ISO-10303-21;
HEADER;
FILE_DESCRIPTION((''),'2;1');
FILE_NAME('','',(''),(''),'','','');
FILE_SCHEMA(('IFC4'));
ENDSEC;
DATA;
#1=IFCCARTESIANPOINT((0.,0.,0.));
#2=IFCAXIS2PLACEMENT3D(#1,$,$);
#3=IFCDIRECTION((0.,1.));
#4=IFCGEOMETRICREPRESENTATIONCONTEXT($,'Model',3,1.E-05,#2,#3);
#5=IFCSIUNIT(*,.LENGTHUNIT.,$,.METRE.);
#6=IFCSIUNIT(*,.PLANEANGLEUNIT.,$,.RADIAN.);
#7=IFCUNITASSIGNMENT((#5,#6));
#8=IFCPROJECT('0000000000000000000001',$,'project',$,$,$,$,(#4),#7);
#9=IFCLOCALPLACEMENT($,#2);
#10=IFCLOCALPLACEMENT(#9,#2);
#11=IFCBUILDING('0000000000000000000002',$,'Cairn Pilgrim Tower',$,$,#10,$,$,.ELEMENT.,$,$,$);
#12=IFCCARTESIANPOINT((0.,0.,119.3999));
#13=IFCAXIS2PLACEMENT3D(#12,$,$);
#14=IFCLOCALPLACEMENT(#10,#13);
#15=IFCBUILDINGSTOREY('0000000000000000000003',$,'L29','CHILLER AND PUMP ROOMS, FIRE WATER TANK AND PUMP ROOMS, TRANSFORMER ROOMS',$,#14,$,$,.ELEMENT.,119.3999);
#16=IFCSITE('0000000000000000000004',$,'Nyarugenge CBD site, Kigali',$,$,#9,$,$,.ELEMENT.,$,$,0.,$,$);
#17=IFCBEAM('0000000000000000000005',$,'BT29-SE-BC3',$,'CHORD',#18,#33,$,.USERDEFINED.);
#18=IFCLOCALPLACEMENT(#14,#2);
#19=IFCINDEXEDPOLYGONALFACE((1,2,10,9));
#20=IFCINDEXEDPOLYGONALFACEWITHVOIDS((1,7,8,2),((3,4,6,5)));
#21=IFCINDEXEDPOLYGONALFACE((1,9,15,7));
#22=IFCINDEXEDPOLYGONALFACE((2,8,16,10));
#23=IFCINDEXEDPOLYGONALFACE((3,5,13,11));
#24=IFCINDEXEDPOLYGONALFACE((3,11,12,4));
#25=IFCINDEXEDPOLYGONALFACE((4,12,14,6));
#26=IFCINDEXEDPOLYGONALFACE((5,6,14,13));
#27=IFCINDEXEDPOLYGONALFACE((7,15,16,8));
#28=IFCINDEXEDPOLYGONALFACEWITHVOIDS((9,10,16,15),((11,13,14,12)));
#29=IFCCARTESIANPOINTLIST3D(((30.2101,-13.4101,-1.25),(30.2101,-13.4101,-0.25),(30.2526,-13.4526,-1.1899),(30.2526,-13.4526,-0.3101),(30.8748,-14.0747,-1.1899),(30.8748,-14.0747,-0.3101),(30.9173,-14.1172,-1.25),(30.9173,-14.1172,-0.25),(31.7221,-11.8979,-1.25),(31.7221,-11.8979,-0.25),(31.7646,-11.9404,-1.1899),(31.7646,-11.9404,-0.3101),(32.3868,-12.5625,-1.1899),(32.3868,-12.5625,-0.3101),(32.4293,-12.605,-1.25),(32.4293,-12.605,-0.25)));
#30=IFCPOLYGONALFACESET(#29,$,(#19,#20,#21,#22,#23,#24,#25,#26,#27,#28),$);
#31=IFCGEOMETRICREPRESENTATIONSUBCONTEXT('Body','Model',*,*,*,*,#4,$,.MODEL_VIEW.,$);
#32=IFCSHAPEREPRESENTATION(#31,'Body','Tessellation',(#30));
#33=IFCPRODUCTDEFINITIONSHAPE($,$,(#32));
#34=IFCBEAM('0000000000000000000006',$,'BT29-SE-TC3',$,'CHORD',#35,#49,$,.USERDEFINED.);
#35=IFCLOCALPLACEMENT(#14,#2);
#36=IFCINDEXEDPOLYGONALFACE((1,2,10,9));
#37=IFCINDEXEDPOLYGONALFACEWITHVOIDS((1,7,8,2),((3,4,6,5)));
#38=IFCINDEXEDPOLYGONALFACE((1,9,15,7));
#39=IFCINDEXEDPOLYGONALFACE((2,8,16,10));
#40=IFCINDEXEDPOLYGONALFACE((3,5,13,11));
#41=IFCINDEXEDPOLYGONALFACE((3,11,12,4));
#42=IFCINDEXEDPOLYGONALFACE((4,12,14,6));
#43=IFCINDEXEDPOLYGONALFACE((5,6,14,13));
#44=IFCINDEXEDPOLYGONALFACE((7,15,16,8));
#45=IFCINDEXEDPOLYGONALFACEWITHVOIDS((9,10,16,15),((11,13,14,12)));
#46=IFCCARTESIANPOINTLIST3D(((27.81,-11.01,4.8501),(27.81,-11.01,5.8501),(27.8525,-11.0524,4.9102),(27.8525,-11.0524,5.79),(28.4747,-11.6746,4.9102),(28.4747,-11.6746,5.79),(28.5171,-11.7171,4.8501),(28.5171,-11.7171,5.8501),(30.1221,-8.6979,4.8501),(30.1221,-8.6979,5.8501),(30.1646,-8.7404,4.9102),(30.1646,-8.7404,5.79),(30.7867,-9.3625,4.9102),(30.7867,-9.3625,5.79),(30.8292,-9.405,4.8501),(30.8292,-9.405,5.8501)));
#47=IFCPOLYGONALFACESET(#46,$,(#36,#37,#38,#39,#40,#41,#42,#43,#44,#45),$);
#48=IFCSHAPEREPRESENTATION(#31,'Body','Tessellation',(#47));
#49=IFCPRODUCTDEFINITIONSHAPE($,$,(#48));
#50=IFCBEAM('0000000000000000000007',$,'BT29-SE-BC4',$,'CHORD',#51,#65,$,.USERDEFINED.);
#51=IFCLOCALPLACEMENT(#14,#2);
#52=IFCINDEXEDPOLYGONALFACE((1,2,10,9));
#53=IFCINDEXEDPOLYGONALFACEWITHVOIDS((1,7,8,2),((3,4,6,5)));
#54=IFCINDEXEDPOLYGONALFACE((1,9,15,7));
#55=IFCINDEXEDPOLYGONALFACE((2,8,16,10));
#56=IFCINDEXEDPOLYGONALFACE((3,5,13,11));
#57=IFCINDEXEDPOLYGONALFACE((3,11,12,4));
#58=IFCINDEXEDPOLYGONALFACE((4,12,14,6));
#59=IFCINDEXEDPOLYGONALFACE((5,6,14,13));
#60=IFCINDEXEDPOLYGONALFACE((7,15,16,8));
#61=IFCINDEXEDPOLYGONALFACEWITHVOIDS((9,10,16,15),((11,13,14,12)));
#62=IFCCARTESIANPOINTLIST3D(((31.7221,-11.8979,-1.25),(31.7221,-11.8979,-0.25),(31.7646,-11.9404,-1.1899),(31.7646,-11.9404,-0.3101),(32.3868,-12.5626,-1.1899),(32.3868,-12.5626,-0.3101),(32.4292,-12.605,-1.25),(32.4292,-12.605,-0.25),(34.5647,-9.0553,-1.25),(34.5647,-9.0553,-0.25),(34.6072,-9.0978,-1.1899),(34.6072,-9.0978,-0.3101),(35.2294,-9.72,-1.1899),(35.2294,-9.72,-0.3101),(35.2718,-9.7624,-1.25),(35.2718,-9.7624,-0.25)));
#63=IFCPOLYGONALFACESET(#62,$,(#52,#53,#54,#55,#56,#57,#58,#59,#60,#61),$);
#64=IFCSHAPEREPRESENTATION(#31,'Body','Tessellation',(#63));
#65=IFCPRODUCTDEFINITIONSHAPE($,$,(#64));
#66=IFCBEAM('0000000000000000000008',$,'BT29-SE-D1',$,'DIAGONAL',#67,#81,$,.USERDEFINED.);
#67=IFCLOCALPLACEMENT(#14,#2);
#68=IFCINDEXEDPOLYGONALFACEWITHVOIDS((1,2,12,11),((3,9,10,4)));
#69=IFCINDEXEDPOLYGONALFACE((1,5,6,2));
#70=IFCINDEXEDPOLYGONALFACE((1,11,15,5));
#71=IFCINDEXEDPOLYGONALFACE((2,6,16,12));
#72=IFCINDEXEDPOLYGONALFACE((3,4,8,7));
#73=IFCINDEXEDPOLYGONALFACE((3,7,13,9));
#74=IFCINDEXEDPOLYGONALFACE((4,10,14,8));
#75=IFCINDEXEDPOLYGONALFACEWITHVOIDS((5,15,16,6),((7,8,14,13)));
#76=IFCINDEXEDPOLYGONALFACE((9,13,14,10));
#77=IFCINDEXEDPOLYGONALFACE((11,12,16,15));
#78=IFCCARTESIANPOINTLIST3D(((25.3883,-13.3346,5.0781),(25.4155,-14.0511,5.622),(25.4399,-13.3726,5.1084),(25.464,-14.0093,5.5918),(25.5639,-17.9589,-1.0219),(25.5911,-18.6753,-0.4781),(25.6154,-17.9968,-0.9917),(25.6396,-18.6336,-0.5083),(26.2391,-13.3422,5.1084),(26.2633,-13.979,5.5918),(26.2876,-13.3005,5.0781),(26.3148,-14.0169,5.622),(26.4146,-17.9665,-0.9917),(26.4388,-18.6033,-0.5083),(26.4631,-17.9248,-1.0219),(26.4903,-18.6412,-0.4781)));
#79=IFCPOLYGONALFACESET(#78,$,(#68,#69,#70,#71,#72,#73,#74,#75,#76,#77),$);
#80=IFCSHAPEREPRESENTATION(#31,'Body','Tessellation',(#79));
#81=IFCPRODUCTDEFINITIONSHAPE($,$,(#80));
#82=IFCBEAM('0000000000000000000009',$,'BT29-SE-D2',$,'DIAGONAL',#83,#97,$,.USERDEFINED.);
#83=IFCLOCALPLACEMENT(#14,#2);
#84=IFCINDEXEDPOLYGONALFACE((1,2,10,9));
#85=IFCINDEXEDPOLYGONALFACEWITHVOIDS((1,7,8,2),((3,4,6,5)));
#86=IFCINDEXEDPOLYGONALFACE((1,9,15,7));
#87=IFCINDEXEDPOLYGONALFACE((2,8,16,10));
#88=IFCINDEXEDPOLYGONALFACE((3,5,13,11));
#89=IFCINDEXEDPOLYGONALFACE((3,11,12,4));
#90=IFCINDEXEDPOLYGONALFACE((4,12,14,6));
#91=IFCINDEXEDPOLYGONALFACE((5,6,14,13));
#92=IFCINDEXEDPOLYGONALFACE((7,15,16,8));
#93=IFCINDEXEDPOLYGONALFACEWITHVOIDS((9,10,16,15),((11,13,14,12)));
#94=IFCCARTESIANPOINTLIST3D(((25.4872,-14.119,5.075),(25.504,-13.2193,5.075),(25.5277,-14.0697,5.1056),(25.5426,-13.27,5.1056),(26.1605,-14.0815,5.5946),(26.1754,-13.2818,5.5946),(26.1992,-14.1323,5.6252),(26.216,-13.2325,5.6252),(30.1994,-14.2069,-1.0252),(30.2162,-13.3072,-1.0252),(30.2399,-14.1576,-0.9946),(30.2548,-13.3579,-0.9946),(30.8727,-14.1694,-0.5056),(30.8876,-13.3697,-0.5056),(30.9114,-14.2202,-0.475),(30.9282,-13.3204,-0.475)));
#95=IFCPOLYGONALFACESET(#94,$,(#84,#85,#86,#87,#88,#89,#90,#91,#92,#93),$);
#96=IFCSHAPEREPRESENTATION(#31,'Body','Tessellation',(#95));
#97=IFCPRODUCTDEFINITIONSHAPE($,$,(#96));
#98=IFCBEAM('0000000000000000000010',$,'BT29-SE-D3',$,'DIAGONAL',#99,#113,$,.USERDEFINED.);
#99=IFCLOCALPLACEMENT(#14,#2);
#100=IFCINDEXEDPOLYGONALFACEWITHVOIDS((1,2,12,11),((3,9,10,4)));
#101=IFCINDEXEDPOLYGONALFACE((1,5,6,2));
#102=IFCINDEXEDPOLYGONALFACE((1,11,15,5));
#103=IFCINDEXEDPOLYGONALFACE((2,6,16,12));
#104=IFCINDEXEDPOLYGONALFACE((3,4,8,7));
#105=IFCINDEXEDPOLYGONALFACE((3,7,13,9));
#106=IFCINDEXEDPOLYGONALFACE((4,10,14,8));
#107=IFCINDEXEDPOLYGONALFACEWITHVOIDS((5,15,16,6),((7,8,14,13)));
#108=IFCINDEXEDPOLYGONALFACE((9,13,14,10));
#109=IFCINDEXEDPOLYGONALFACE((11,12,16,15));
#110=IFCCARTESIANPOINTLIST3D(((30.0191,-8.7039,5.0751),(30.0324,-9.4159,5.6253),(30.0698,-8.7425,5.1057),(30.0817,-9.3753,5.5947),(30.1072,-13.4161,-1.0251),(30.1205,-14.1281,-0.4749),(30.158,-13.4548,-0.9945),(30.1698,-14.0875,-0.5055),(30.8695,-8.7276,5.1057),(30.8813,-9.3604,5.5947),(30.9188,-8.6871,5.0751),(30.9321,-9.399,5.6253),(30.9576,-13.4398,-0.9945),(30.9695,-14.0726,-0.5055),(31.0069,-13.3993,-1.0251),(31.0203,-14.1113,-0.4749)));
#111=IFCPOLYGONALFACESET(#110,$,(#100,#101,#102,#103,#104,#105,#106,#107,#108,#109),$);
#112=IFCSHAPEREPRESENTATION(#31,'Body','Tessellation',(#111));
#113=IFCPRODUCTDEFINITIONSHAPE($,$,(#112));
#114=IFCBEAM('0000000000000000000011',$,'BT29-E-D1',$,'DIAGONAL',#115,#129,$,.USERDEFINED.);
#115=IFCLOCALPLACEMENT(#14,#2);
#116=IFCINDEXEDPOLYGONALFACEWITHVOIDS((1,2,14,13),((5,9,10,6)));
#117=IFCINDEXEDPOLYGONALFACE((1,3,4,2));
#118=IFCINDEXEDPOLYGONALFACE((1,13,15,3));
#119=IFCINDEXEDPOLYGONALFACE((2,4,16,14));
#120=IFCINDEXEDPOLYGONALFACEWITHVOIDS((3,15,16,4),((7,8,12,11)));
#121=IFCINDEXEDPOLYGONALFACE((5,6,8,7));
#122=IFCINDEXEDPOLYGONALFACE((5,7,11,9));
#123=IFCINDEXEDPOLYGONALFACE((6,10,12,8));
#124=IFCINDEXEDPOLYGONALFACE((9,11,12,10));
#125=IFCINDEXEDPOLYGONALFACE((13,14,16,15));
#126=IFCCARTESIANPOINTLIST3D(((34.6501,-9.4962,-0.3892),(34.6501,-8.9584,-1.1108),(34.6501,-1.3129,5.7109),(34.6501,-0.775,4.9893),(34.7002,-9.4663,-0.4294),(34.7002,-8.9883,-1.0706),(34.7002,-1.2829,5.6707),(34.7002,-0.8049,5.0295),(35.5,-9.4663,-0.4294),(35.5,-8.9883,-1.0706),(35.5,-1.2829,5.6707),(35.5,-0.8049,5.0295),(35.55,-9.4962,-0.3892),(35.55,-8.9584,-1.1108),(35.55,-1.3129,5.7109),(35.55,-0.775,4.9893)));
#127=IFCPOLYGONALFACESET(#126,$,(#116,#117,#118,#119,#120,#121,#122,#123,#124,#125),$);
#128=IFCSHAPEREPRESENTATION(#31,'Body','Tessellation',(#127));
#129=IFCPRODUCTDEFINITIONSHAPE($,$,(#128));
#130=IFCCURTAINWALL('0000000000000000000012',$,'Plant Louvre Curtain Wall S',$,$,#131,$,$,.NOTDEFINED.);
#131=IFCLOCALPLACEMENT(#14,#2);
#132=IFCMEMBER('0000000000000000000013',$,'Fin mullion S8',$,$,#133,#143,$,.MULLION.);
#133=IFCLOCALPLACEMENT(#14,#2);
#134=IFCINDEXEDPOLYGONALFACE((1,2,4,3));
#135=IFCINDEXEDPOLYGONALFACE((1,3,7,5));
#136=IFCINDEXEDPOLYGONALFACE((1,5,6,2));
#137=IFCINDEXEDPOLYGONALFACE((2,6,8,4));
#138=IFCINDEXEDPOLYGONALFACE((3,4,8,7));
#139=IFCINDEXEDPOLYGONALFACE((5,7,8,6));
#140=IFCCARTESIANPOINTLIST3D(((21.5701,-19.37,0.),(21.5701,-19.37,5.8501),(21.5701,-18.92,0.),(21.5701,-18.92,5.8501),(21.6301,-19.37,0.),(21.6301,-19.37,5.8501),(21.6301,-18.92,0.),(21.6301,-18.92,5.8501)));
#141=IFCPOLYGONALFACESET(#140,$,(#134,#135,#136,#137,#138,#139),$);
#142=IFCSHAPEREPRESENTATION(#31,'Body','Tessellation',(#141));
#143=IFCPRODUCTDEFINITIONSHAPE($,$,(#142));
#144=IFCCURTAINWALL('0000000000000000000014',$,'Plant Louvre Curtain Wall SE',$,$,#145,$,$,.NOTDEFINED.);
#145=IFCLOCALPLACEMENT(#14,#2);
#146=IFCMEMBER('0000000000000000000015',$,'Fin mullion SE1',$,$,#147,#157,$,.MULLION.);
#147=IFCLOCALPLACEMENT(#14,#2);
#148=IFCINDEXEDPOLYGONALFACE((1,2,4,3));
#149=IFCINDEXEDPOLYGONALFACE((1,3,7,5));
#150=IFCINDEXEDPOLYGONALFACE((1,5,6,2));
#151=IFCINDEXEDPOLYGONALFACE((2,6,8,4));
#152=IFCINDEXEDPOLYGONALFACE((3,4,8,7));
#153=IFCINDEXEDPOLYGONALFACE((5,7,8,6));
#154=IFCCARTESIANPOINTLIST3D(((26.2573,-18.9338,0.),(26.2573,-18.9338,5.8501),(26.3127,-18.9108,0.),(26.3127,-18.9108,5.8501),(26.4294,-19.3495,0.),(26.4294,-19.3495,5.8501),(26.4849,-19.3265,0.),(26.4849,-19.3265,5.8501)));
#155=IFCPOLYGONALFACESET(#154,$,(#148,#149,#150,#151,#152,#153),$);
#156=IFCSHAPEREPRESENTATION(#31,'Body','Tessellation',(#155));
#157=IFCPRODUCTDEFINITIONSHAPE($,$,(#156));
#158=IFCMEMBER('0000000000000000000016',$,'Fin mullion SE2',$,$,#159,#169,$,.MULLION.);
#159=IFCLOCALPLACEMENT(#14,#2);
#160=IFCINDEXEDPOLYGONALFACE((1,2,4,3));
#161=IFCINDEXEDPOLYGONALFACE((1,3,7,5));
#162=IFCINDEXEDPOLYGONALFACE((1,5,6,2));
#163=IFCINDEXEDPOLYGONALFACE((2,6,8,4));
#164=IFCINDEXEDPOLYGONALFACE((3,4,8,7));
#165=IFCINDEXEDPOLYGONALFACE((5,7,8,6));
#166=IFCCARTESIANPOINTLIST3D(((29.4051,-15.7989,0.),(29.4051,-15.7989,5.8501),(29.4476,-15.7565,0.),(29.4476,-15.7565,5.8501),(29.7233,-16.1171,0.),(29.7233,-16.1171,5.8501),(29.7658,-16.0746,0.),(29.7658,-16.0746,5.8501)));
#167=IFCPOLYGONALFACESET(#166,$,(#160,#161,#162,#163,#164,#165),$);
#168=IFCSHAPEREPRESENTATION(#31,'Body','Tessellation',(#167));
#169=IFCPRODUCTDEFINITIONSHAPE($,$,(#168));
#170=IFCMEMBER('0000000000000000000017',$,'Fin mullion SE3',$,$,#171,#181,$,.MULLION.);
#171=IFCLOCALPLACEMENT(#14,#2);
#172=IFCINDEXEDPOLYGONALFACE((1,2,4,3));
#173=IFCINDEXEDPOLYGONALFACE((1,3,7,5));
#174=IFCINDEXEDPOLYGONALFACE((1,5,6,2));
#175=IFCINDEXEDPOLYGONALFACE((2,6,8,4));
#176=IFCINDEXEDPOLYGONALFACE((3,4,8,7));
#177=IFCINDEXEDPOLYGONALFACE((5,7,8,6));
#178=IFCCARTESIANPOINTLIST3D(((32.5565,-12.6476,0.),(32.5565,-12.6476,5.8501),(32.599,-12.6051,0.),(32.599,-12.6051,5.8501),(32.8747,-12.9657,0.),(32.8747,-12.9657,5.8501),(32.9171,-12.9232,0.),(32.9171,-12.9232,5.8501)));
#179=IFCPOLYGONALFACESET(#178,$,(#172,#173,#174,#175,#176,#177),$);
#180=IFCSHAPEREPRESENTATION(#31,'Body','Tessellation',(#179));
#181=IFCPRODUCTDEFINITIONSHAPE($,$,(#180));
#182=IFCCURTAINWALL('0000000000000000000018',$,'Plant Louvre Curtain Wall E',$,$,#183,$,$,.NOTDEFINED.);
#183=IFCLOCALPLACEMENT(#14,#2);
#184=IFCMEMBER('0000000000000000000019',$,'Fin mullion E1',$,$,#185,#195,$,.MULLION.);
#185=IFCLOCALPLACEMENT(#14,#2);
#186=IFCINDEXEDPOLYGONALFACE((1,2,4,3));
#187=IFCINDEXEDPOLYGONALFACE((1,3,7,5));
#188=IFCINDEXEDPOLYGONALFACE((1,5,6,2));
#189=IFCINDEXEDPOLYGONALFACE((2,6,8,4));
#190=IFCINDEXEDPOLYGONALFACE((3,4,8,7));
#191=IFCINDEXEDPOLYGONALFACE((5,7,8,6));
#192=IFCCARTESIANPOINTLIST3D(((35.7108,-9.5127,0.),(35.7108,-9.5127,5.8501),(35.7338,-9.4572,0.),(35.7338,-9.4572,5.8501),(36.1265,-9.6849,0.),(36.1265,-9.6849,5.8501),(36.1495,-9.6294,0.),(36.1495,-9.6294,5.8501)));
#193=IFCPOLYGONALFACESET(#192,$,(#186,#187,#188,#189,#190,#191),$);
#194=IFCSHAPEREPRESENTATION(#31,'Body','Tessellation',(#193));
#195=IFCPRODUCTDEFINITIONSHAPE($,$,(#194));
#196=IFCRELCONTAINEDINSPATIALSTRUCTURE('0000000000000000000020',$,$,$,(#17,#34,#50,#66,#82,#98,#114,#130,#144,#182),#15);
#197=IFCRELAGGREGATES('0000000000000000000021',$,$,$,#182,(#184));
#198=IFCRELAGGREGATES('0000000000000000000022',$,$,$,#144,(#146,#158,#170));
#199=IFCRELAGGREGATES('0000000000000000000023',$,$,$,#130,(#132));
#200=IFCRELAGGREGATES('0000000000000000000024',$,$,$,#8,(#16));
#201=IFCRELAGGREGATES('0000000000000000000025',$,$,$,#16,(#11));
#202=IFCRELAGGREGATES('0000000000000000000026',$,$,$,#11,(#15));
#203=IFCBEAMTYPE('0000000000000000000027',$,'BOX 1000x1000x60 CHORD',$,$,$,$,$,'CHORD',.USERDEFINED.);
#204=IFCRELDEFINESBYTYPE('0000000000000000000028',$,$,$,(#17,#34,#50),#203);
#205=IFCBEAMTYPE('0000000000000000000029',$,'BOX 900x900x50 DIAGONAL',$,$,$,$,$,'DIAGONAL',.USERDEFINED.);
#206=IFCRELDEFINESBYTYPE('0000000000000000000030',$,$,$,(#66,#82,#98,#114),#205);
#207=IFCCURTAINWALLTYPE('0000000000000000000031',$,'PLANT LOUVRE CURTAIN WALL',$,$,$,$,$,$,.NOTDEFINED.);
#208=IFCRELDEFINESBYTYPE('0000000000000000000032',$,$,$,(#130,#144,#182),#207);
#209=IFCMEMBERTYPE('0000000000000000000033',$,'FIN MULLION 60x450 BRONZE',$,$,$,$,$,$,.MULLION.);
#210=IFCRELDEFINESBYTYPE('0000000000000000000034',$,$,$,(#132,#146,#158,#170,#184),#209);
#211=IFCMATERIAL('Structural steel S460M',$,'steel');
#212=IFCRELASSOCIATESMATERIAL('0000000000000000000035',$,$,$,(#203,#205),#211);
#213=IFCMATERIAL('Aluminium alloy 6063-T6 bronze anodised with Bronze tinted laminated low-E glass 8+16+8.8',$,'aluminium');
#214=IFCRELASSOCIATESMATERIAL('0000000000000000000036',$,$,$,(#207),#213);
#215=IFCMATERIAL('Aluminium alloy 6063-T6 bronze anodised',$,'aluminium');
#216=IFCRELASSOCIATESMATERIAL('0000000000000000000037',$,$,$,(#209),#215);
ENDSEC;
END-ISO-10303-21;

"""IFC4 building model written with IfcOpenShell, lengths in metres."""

from ifc_helpers import new_model, si_unit, direction, frame, origin, origin_2d, place, context, subcontext, project, spatial, rectangle, hollow_rectangle, extrude, material, material_profile, profile_set, type_object, element, aggregate, save


model = new_model("IFC4")

# Units and contexts
model_context = context("Model", 3, precision=1e-05, world=origin(), true_north=direction((0.0, 1.0)))
body_context = subcontext(model_context, "Body", "Model", "MODEL_VIEW")
ifc_project = project(units=[si_unit("LENGTHUNIT", "METRE"), si_unit("PLANEANGLEUNIT", "RADIAN")], contexts=[model_context])

# Site, building, storey
site_placement = place(None, origin())
site = spatial("IfcSite", under=ifc_project, at=site_placement, Name="Nyarugenge CBD site, Kigali", CompositionType="ELEMENT", RefElevation=0.0)
building_placement = place(site_placement, origin())
building = spatial("IfcBuilding", under=site, at=building_placement, Name="Cairn Pilgrim Tower", CompositionType="ELEMENT")
storey_placement = place(building_placement, frame((0.0, 0.0, 119.3999)))
storey = spatial("IfcBuildingStorey", under=building, at=storey_placement, Name="L29", Description="CHILLER AND PUMP ROOMS, FIRE WATER TANK AND PUMP ROOMS, TRANSFORMER ROOMS", CompositionType="ELEMENT", Elevation=119.3999)

# Shared definitions
ifc_material_1 = material(Name="Structural steel S460M", Category="steel")

# Beams
ifc_material_profile_1 = material_profile(ifc_material_1, hollow_rectangle(XDim=1.0, YDim=1.0, WallThickness=0.0601, at=origin_2d()), Name="BOX 1000x1000x60")
ifc_profile_set_1 = profile_set([ifc_material_profile_1], Name="Structural steel S460M")
beam_type_1 = type_object("IfcBeamType", Name="BOX 1000x1000x60 CHORD", ElementType="CHORD", PredefinedType="USERDEFINED", material=ifc_profile_set_1)
beam_1_placement = place(storey_placement, frame((30.5637, -13.7637, -0.75), z_axis=(0.70705, 0.707164, 0.0), x_axis=(-0.707164, 0.70705, 0.0)))
element("IfcBeam", 1, at=beam_1_placement, inside=storey, type_object=beam_type_1, Name="BT29-SE-BC3", ObjectType="CHORD", PredefinedType="USERDEFINED", context=body_context, shape_type="SweptSolid", body=[
    extrude(hollow_rectangle(XDim=1.0, YDim=1.0, WallThickness=0.0601, at=origin_2d()), origin(), (0.0, 0.0, 1.0), 2.1384),
])
beam_2_placement = place(storey_placement, frame((28.1636, -11.3635, 5.3501), z_axis=(0.707107, 0.707107, 0.0), x_axis=(-0.707107, 0.707107, 0.0)))
element("IfcBeam", 2, at=beam_2_placement, inside=storey, type_object=beam_type_1, Name="BT29-SE-TC3", ObjectType="CHORD", PredefinedType="USERDEFINED", context=body_context, shape_type="SweptSolid", body=[
    extrude(hollow_rectangle(XDim=1.0, YDim=1.0, WallThickness=0.0601, at=origin_2d()), origin(), (0.0, 0.0, 1.0), 3.2698),
])
beam_3_placement = place(storey_placement, frame((32.0757, -12.2515, -0.75), z_axis=(0.707107, 0.707107, 0.0), x_axis=(-0.707107, 0.707107, 0.0)))
element("IfcBeam", 3, at=beam_3_placement, inside=storey, type_object=beam_type_1, Name="BT29-SE-BC4", ObjectType="CHORD", PredefinedType="USERDEFINED", context=body_context, shape_type="SweptSolid", body=[
    extrude(hollow_rectangle(XDim=1.0, YDim=1.0, WallThickness=0.0601, at=origin_2d()), origin(), (0.0, 0.0, 1.0), 4.02),
])
ifc_material_profile_2 = material_profile(ifc_material_1, hollow_rectangle(XDim=0.8999, YDim=0.8999, WallThickness=0.05, at=origin_2d()), Name="BOX 900x900x50")
ifc_profile_set_2 = profile_set([ifc_material_profile_2], Name="Structural steel S460M")
beam_type_2 = type_object("IfcBeamType", Name="BOX 900x900x50 DIAGONAL", ElementType="DIAGONAL", PredefinedType="USERDEFINED", material=ifc_profile_set_2)
beam_4_placement = place(storey_placement, frame((26.0271, -18.3, -0.75), z_axis=(-0.022926, 0.603946, 0.796695), x_axis=(-0.99928, -0.037933, 0.0)))
element("IfcBeam", 4, at=beam_4_placement, inside=storey, type_object=beam_type_2, Name="BT29-SE-D1", ObjectType="DIAGONAL", PredefinedType="USERDEFINED", context=body_context, shape_type="SweptSolid", body=[
    extrude(hollow_rectangle(XDim=0.8999, YDim=0.8999, WallThickness=0.05, at=origin_2d()), origin(), (0.0, 0.0, 1.0), 7.6567),
])
for number, where, z_axis, x_axis, name in (
    (5, (25.8516, -13.6758, 5.3501), (0.611282, -0.011402, -0.791331), (0.018649, 0.999826, 0.0), "BT29-SE-D2"),
    (6, (30.5637, -13.7637, -0.75), (-0.011433, 0.611281, 0.791331), (-0.999825, -0.0187, 0.0), "BT29-SE-D3"),
):
    element("IfcBeam", number, at=place(storey_placement, frame(where, z_axis=z_axis, x_axis=x_axis)), inside=storey, type_object=beam_type_2, Name=name, ObjectType="DIAGONAL", PredefinedType="USERDEFINED", context=body_context, shape_type="SweptSolid", body=[
        extrude(hollow_rectangle(XDim=0.8999, YDim=0.8999, WallThickness=0.05, at=origin_2d()), origin(), (0.0, 0.0, 1.0), 7.7087),
    ])
beam_5_placement = place(storey_placement, frame((35.1001, -9.2273, -0.75), z_axis=(0.0, 0.801756, 0.597651), x_axis=(-1.0, 0.0, 0.0)))
element("IfcBeam", 7, at=beam_5_placement, inside=storey, type_object=beam_type_2, Name="BT29-E-D1", ObjectType="DIAGONAL", PredefinedType="USERDEFINED", context=body_context, shape_type="SweptSolid", body=[
    extrude(hollow_rectangle(XDim=0.8999, YDim=0.8999, WallThickness=0.05, at=origin_2d()), origin(), (0.0, 0.0, 1.0), 10.2068),
])

# Curtain wall, member
ifc_material_2 = material(Name="Aluminium alloy 6063-T6 bronze anodised with Bronze tinted laminated low-E glass 8+16+8.8", Category="aluminium")
curtain_wall_type = type_object("IfcCurtainWallType", Name="PLANT LOUVRE CURTAIN WALL", PredefinedType="NOTDEFINED", material=ifc_material_2)
curtain_wall_1_placement = place(storey_placement, origin())
curtain_wall_1 = element("IfcCurtainWall", 8, at=curtain_wall_1_placement, inside=storey, type_object=curtain_wall_type, Name="Plant Louvre Curtain Wall S", PredefinedType="NOTDEFINED")
ifc_material_3 = material(Name="Aluminium alloy 6063-T6 bronze anodised", Category="aluminium")
ifc_material_profile_3 = material_profile(ifc_material_3, rectangle(XDim=0.45, YDim=0.0601, at=origin_2d()), Name="FIN MULLION 60x450 BRONZE")
ifc_profile_set_3 = profile_set([ifc_material_profile_3], Name="Aluminium alloy 6063-T6 bronze anodised")
member_type_1 = type_object("IfcMemberType", Name="FIN MULLION 60x450 BRONZE", PredefinedType="MULLION", material=ifc_profile_set_3)
member_1_placement = place(storey_placement, frame((21.6001, -19.145, 0.0), z_axis=(0.0, 0.0, 1.0), x_axis=(0.0, -1.0, 0.0)))
member_1 = element("IfcMember", 9, at=member_1_placement, type_object=member_type_1, Name="Fin mullion S8", PredefinedType="MULLION", context=body_context, shape_type="SweptSolid", body=[
    extrude(rectangle(XDim=0.45, YDim=0.0601, at=origin_2d()), origin(), (0.0, 0.0, 1.0), 5.8501),
])

# Curtain wall, members
curtain_wall_2_placement = place(storey_placement, origin())
curtain_wall_2 = element("IfcCurtainWall", 10, at=curtain_wall_2_placement, inside=storey, type_object=curtain_wall_type, Name="Plant Louvre Curtain Wall SE", PredefinedType="NOTDEFINED")
member_2_placement = place(storey_placement, frame((26.3711, -19.1301, 0.0), z_axis=(0.0, 0.0, 1.0), x_axis=(0.382683, -0.92388, 0.0)))
member_2 = element("IfcMember", 11, at=member_2_placement, type_object=member_type_1, Name="Fin mullion SE1", PredefinedType="MULLION", context=body_context, shape_type="SweptSolid", body=[
    extrude(rectangle(XDim=0.45, YDim=0.0601, at=origin_2d()), origin(), (0.0, 0.0, 1.0), 5.8501),
])
member_3_placement = place(storey_placement, frame((29.5854, -15.9368, 0.0), z_axis=(0.0, 0.0, 1.0), x_axis=(0.707107, -0.707107, 0.0)))
member_3 = element("IfcMember", 12, at=member_3_placement, type_object=member_type_1, Name="Fin mullion SE2", PredefinedType="MULLION", context=body_context, shape_type="SweptSolid", body=[
    extrude(rectangle(XDim=0.45, YDim=0.0601, at=origin_2d()), origin(), (0.0, 0.0, 1.0), 5.8501),
])
member_4_placement = place(storey_placement, frame((32.7368, -12.7854, 0.0), z_axis=(0.0, 0.0, 1.0), x_axis=(0.707107, -0.707107, 0.0)))
member_4 = element("IfcMember", 13, at=member_4_placement, type_object=member_type_1, Name="Fin mullion SE3", PredefinedType="MULLION", context=body_context, shape_type="SweptSolid", body=[
    extrude(rectangle(XDim=0.45, YDim=0.0601, at=origin_2d()), origin(), (0.0, 0.0, 1.0), 5.8501),
])

# Curtain wall, member
curtain_wall_3_placement = place(storey_placement, origin())
curtain_wall_3 = element("IfcCurtainWall", 14, at=curtain_wall_3_placement, inside=storey, type_object=curtain_wall_type, Name="Plant Louvre Curtain Wall E", PredefinedType="NOTDEFINED")
member_5_placement = place(storey_placement, frame((35.9302, -9.571, 0.0), z_axis=(0.0, 0.0, 1.0), x_axis=(0.92388, -0.382683, 0.0)))
member_5 = element("IfcMember", 15, at=member_5_placement, type_object=member_type_1, Name="Fin mullion E1", PredefinedType="MULLION", context=body_context, shape_type="SweptSolid", body=[
    extrude(rectangle(XDim=0.45, YDim=0.0601, at=origin_2d()), origin(), (0.0, 0.0, 1.0), 5.8501),
])

aggregate(curtain_wall_3, [member_5])

aggregate(curtain_wall_2, [member_2, member_3, member_4])
aggregate(curtain_wall_1, [member_1])

save(model, "model.ifc")
